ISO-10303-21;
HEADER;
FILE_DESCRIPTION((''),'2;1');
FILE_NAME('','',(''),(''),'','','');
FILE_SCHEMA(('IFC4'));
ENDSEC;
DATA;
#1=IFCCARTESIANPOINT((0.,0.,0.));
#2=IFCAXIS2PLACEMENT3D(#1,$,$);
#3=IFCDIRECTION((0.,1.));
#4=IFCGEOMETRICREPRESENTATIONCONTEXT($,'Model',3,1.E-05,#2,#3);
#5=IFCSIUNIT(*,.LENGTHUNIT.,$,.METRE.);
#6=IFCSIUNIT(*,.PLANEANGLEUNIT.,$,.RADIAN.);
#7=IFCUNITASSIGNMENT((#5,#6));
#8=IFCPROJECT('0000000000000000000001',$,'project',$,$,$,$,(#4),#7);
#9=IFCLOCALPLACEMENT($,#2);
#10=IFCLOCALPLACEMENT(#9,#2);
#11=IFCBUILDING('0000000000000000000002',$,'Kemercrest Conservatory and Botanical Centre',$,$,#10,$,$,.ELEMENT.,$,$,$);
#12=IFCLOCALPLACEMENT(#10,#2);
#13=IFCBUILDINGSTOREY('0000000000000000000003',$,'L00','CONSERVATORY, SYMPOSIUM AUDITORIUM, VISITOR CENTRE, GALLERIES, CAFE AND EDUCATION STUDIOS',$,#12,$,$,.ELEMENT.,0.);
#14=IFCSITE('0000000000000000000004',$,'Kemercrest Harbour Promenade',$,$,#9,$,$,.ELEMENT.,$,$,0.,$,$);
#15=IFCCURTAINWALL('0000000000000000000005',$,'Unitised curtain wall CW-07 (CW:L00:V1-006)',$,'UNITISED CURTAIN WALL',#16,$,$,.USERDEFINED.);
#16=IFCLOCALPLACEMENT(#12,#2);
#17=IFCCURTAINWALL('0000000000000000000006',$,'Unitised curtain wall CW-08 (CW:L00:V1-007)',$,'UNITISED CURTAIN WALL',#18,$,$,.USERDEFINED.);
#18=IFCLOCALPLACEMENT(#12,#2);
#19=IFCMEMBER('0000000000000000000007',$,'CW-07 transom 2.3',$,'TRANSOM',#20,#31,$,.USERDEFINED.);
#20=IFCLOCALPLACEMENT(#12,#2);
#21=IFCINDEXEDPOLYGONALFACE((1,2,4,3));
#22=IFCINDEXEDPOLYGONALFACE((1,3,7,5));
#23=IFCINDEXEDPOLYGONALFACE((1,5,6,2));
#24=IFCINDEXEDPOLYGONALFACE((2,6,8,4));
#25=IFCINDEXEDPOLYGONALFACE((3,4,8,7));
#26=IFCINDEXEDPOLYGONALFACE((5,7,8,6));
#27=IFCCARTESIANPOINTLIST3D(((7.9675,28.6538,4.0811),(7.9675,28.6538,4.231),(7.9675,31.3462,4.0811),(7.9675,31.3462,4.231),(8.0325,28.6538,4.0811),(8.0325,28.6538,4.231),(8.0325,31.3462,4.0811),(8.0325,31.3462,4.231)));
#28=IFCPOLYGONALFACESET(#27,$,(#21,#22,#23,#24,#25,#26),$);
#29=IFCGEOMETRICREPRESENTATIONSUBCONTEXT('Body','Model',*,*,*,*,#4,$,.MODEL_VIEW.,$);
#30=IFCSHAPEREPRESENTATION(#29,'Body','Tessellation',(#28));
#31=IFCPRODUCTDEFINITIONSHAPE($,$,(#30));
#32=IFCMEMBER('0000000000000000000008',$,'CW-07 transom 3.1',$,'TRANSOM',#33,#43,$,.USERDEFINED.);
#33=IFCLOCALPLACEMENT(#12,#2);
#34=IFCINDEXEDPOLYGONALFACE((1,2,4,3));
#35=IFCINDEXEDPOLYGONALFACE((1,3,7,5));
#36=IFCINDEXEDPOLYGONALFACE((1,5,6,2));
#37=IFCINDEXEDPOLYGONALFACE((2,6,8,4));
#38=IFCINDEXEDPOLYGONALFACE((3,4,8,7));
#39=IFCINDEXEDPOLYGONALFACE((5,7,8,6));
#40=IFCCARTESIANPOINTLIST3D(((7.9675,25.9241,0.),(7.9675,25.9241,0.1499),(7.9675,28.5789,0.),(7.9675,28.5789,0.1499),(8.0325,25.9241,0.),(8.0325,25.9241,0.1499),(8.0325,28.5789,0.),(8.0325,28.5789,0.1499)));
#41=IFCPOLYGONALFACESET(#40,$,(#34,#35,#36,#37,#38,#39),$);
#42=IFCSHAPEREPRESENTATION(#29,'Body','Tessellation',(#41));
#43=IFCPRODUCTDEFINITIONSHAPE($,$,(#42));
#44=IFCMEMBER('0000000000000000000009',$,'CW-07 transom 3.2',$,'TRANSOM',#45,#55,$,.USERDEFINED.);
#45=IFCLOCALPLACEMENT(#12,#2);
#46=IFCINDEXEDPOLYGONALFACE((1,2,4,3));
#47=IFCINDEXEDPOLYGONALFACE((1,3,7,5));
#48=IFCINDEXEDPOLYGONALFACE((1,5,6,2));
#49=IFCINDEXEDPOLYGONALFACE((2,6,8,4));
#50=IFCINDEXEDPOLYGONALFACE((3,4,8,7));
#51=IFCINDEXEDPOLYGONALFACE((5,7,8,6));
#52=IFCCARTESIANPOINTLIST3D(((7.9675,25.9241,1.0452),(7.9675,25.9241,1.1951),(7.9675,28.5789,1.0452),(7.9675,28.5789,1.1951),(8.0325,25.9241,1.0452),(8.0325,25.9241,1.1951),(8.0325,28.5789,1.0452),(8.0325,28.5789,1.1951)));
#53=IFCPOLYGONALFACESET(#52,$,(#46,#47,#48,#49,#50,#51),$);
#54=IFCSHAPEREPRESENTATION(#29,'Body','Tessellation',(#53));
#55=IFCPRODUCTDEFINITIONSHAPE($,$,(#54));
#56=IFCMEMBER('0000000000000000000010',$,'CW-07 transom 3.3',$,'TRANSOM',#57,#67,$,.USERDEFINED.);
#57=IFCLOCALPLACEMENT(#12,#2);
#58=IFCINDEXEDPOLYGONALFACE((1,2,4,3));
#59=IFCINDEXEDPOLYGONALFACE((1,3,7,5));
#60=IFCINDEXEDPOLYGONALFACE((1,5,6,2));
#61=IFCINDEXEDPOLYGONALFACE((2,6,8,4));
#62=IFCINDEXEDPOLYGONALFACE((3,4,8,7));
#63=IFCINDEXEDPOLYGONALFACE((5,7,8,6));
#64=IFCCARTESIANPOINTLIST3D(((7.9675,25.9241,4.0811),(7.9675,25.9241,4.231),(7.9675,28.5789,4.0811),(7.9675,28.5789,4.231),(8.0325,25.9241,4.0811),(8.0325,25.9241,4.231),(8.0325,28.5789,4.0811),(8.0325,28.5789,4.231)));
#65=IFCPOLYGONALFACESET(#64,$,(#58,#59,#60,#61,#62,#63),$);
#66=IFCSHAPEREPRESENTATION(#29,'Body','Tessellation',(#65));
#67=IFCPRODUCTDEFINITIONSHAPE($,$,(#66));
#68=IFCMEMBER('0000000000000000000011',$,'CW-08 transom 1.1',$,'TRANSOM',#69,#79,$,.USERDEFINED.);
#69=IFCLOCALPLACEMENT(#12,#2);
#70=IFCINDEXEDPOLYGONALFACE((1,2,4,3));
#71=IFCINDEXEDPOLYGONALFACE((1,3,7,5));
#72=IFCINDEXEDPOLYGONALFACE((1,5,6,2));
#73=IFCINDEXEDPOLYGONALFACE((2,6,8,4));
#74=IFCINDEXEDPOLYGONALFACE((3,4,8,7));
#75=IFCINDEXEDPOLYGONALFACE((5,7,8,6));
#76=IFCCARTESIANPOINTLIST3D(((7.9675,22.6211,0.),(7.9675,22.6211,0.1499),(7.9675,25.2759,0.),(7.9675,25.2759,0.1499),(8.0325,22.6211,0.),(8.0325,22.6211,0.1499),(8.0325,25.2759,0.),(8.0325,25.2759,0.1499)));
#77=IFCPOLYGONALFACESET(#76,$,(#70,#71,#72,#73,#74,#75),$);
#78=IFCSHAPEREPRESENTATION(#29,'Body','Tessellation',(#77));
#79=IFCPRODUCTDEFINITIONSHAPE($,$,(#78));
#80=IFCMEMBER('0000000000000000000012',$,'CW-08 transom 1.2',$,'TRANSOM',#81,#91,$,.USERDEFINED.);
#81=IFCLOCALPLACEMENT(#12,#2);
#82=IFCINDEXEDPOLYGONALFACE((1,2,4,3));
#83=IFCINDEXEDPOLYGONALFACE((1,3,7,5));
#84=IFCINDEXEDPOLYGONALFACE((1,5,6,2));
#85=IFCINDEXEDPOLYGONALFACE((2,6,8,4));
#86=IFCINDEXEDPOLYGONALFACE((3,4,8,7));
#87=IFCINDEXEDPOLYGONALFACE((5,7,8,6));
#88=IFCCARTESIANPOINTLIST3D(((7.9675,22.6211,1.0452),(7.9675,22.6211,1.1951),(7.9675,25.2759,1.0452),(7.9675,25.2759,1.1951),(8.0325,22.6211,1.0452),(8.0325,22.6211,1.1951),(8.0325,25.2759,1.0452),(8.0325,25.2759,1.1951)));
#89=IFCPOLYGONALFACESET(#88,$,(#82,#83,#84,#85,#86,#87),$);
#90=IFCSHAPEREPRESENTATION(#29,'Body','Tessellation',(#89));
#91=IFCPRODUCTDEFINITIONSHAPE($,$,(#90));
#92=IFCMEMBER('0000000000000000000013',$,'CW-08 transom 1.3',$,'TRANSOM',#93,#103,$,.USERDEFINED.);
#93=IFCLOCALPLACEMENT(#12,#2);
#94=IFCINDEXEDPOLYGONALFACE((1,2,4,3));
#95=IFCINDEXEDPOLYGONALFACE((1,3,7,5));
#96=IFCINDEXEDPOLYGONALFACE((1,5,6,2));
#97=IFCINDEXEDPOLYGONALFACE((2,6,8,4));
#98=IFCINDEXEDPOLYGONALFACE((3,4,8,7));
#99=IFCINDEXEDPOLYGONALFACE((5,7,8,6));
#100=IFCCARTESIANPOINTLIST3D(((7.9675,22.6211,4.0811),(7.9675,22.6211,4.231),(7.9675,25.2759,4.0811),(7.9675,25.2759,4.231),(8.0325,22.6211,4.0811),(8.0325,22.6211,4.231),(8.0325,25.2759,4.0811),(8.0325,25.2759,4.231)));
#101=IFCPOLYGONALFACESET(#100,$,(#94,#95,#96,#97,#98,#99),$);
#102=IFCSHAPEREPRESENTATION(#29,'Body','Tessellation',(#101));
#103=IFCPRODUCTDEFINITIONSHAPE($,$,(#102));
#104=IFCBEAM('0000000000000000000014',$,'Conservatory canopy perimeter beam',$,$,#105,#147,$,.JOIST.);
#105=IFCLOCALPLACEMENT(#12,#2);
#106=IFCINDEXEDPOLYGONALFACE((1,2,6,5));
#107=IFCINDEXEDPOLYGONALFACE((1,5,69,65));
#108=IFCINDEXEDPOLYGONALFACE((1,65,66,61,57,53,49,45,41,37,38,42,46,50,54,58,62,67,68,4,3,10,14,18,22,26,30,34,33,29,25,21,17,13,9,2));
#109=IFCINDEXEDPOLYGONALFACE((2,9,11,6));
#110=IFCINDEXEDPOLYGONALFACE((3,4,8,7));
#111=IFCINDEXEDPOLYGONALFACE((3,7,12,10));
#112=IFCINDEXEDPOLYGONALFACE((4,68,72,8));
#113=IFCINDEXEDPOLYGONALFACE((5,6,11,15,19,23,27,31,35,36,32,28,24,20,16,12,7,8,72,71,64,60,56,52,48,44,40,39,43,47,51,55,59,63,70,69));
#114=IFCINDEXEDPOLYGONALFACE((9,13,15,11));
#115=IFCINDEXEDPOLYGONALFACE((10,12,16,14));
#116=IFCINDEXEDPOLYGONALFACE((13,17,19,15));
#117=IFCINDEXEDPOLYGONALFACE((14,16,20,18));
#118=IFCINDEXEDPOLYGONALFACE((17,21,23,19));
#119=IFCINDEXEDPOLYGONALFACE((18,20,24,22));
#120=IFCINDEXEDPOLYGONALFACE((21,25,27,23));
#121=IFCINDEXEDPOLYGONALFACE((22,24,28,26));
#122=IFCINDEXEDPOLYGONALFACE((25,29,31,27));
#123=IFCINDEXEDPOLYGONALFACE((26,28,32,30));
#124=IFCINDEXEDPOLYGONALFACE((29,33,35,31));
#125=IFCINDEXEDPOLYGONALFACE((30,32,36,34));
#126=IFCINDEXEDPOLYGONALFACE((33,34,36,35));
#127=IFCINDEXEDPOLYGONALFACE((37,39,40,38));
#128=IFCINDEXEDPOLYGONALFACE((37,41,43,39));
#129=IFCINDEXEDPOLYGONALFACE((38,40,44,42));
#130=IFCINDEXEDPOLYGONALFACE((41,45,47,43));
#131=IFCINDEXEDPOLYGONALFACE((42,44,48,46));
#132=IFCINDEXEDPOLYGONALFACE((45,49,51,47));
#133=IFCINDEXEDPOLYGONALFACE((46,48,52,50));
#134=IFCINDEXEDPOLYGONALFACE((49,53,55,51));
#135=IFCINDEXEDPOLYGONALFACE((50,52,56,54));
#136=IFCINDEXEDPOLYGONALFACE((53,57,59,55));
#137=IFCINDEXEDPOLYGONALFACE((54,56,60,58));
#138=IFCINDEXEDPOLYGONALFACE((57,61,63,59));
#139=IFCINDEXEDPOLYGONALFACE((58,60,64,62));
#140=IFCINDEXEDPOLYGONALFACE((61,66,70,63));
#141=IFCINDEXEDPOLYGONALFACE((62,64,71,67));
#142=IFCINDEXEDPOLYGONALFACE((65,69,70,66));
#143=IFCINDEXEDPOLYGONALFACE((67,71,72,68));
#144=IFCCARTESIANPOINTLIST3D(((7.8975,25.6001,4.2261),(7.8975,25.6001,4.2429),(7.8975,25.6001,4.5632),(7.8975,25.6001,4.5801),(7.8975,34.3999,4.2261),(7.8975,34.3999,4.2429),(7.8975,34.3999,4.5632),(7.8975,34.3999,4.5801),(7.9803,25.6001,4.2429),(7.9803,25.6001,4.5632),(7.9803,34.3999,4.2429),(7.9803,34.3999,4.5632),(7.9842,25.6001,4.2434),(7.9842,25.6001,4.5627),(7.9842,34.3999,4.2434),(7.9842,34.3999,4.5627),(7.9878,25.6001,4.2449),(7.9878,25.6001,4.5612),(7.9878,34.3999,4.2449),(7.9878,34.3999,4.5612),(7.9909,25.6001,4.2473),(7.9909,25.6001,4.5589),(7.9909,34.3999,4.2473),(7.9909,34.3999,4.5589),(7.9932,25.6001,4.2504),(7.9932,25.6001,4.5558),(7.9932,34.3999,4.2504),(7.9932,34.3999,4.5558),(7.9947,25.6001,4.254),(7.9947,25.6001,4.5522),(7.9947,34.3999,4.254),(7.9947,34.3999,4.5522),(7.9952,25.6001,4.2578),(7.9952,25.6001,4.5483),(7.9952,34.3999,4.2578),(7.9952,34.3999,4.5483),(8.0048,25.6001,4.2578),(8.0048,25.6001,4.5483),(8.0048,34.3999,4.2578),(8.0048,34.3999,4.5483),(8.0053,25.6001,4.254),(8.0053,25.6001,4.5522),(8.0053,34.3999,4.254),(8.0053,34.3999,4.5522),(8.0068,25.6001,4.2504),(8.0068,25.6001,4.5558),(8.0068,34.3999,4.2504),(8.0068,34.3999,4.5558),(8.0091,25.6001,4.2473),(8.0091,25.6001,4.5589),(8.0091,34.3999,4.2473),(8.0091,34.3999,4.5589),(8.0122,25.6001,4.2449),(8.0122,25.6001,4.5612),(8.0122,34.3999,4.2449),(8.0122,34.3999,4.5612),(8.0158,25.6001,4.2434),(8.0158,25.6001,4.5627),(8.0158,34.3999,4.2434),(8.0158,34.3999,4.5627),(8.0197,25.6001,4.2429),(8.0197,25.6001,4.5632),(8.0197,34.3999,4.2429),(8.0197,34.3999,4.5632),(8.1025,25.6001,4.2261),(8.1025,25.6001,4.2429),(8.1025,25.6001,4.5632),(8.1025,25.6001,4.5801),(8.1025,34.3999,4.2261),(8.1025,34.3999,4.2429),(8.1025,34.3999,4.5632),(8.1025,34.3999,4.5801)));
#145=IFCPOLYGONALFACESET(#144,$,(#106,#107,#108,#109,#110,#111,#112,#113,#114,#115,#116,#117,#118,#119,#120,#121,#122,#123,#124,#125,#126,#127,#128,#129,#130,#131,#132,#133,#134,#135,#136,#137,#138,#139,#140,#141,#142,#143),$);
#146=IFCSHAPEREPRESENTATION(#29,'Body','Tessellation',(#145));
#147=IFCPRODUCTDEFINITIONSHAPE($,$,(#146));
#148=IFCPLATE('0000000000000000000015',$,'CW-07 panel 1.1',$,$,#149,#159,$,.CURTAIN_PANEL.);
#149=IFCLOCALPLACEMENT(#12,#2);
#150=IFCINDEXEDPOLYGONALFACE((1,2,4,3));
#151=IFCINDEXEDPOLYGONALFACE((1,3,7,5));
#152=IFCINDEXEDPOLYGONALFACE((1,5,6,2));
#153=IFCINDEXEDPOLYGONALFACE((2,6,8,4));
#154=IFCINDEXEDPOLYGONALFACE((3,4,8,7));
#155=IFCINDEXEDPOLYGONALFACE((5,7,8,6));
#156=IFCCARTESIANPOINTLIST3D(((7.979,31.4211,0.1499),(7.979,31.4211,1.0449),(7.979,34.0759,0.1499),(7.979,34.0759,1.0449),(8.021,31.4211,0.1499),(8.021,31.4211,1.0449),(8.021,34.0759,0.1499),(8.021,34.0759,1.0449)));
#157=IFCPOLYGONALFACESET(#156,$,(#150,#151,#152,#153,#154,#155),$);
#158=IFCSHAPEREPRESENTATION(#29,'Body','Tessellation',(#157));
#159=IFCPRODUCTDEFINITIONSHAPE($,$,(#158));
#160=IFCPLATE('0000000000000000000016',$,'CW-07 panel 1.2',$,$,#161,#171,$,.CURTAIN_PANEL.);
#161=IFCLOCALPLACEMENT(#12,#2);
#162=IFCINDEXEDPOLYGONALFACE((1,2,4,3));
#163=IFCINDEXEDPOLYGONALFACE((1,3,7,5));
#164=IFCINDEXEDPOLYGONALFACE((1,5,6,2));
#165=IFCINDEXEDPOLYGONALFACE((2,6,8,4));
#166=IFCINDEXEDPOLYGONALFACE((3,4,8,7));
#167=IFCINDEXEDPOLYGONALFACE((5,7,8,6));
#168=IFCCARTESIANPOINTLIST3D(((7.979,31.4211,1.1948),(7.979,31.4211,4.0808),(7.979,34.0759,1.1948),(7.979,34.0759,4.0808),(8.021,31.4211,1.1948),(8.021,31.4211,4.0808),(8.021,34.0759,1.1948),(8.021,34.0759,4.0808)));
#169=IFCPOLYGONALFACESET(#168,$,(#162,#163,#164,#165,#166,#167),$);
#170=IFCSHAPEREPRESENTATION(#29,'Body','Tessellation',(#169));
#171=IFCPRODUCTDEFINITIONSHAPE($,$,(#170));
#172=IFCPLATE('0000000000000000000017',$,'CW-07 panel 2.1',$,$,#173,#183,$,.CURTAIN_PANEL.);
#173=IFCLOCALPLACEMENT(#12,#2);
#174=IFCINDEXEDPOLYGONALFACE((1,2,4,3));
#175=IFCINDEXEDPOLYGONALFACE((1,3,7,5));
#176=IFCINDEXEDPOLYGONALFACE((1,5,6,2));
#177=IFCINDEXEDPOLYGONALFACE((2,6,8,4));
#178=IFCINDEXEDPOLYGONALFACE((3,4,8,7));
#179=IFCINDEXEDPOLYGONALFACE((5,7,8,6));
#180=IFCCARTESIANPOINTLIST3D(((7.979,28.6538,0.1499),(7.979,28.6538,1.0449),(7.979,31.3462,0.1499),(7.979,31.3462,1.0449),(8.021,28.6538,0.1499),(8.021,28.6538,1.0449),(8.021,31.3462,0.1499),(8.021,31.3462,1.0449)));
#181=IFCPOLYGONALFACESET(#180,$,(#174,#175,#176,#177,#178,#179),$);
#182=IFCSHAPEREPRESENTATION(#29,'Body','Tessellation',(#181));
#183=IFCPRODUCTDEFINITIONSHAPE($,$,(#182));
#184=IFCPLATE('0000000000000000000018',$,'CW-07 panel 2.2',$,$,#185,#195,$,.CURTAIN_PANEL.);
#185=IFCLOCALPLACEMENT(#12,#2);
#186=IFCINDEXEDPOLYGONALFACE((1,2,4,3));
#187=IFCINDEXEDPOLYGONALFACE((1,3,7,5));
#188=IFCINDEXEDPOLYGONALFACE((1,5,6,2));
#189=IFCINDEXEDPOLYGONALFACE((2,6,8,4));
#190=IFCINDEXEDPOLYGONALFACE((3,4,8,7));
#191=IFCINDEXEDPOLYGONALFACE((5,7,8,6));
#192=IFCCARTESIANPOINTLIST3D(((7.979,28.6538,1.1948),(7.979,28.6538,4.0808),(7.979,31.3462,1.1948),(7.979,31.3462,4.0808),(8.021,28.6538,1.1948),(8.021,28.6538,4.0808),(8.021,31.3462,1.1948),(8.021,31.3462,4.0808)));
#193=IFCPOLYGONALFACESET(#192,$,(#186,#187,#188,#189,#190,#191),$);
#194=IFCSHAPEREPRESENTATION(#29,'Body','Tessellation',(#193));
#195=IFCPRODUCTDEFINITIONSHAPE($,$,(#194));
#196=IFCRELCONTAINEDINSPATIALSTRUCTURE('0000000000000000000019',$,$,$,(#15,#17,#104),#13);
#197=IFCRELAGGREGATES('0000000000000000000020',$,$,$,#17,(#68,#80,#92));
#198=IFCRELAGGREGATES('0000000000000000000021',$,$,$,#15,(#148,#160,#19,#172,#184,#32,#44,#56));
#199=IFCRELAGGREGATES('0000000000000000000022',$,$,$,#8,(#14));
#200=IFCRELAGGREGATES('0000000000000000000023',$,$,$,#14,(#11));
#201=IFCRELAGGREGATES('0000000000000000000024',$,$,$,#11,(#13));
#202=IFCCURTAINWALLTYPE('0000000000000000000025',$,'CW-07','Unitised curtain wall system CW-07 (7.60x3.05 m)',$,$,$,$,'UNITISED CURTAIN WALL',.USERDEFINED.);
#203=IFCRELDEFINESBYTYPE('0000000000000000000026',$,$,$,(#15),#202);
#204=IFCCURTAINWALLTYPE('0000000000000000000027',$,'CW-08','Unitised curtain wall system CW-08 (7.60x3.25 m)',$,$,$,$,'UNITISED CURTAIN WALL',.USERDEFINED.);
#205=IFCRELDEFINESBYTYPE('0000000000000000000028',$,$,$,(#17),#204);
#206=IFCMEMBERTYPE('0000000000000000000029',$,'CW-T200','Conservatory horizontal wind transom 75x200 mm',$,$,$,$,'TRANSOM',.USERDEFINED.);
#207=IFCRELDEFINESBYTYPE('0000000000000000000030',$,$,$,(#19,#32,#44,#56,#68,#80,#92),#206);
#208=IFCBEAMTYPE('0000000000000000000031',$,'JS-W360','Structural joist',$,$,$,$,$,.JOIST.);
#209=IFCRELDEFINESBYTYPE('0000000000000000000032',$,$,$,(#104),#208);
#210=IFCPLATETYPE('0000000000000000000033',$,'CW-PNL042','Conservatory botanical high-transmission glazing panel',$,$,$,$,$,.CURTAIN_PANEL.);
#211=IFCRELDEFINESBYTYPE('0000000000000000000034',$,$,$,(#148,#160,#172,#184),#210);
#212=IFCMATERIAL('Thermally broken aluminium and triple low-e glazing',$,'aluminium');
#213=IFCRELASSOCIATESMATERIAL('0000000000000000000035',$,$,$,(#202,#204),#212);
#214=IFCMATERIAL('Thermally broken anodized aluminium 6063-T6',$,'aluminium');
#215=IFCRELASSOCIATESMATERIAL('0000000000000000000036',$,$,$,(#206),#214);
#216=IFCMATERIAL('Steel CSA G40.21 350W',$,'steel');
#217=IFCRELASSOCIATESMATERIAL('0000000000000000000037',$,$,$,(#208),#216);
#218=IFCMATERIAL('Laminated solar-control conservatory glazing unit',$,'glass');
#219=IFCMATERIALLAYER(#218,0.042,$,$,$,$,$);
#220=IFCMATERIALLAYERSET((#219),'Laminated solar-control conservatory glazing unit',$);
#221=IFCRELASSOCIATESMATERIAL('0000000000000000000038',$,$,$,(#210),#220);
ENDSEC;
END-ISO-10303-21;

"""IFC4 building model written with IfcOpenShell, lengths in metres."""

from ifc_helpers import new_model, si_unit, direction, frame, origin, origin_2d, place, context, subcontext, project, spatial, rectangle, i_section, extrude, material, layer, layer_set, material_profile, profile_set, type_object, element, aggregate, save


model = new_model("IFC4")

# Units and contexts
model_context = context("Model", 3, precision=1e-05, world=origin(), true_north=direction((0.0, 1.0)))
body_context = subcontext(model_context, "Body", "Model", "MODEL_VIEW")
ifc_project = project(units=[si_unit("LENGTHUNIT", "METRE"), si_unit("PLANEANGLEUNIT", "RADIAN")], contexts=[model_context])

# Site, building, storey
site_placement = place(None, origin())
site = spatial("IfcSite", under=ifc_project, at=site_placement, Name="Kemercrest Harbour Promenade", CompositionType="ELEMENT", RefElevation=0.0)
building_placement = place(site_placement, origin())
building = spatial("IfcBuilding", under=site, at=building_placement, Name="Kemercrest Conservatory and Botanical Centre", CompositionType="ELEMENT")
storey_placement = place(building_placement, origin())
storey = spatial("IfcBuildingStorey", under=building, at=storey_placement, Name="L00", Description="CONSERVATORY, SYMPOSIUM AUDITORIUM, VISITOR CENTRE, GALLERIES, CAFE AND EDUCATION STUDIOS", CompositionType="ELEMENT", Elevation=0.0)

# Shared definitions
ifc_material_1 = material(Name="Steel CSA G40.21 350W", Category="steel")

# Curtain wall
ifc_material_2 = material(Name="Thermally broken aluminium and triple low-e glazing", Category="aluminium")
curtain_wall_type_1 = type_object("IfcCurtainWallType", Name="CW-07", Description="Unitised curtain wall system CW-07 (7.60x3.05 m)", ElementType="UNITISED CURTAIN WALL", PredefinedType="USERDEFINED", material=ifc_material_2)
curtain_wall_1_placement = place(storey_placement, origin())
curtain_wall_1 = element("IfcCurtainWall", 1, at=curtain_wall_1_placement, inside=storey, type_object=curtain_wall_type_1, Name="Unitised curtain wall CW-07 (CW:L00:V1-006)", ObjectType="UNITISED CURTAIN WALL", PredefinedType="USERDEFINED")
ifc_material_3 = material(Name="Thermally broken anodized aluminium 6063-T6", Category="aluminium")

# Curtain wall
curtain_wall_type_2 = type_object("IfcCurtainWallType", Name="CW-08", Description="Unitised curtain wall system CW-08 (7.60x3.25 m)", ElementType="UNITISED CURTAIN WALL", PredefinedType="USERDEFINED", material=ifc_material_2)
curtain_wall_2_placement = place(storey_placement, origin())
curtain_wall_2 = element("IfcCurtainWall", 2, at=curtain_wall_2_placement, inside=storey, type_object=curtain_wall_type_2, Name="Unitised curtain wall CW-08 (CW:L00:V1-007)", ObjectType="UNITISED CURTAIN WALL", PredefinedType="USERDEFINED")

# Members
ifc_material_profile_1 = material_profile(ifc_material_3, rectangle(XDim=0.0649, YDim=0.1499, at=origin_2d()), Name="AL TRANSOM 65x150")
ifc_profile_set_1 = profile_set([ifc_material_profile_1], Name="Thermally broken anodized aluminium 6063-T6")
member_type_1 = type_object("IfcMemberType", Name="CW-T200", Description="Conservatory horizontal wind transom 75x200 mm", ElementType="TRANSOM", PredefinedType="USERDEFINED", material=ifc_profile_set_1)
member_1_placement = place(storey_placement, frame((8.0, 31.3462, 4.156), z_axis=(0.0, -1.0, 0.0), x_axis=(1.0, 0.0, 0.0)))
member_1 = element("IfcMember", 3, at=member_1_placement, type_object=member_type_1, Name="CW-07 transom 2.3", ObjectType="TRANSOM", PredefinedType="USERDEFINED", context=body_context, shape_type="SweptSolid", body=[
    extrude(rectangle(XDim=0.0649, YDim=0.1499, at=origin_2d()), origin(), (0.0, 0.0, 1.0), 2.6924),
])
member_2_placement = place(storey_placement, frame((8.0, 28.5789, 0.075), z_axis=(0.0, -1.0, 0.0), x_axis=(1.0, 0.0, 0.0)))
member_2 = element("IfcMember", 4, at=member_2_placement, type_object=member_type_1, Name="CW-07 transom 3.1", ObjectType="TRANSOM", PredefinedType="USERDEFINED", context=body_context, shape_type="SweptSolid", body=[
    extrude(rectangle(XDim=0.0649, YDim=0.1499, at=origin_2d()), origin(), (0.0, 0.0, 1.0), 2.6548),
])
member_3_placement = place(storey_placement, frame((8.0, 28.5789, 1.1201), z_axis=(0.0, -1.0, 0.0), x_axis=(1.0, 0.0, 0.0)))
member_3 = element("IfcMember", 5, at=member_3_placement, type_object=member_type_1, Name="CW-07 transom 3.2", ObjectType="TRANSOM", PredefinedType="USERDEFINED", context=body_context, shape_type="SweptSolid", body=[
    extrude(rectangle(XDim=0.0649, YDim=0.1499, at=origin_2d()), origin(), (0.0, 0.0, 1.0), 2.6548),
])
member_4_placement = place(storey_placement, frame((8.0, 28.5789, 4.156), z_axis=(0.0, -1.0, 0.0), x_axis=(1.0, 0.0, 0.0)))
member_4 = element("IfcMember", 6, at=member_4_placement, type_object=member_type_1, Name="CW-07 transom 3.3", ObjectType="TRANSOM", PredefinedType="USERDEFINED", context=body_context, shape_type="SweptSolid", body=[
    extrude(rectangle(XDim=0.0649, YDim=0.1499, at=origin_2d()), origin(), (0.0, 0.0, 1.0), 2.6548),
])
member_5_placement = place(storey_placement, frame((8.0, 25.2759, 0.075), z_axis=(0.0, -1.0, 0.0), x_axis=(1.0, 0.0, 0.0)))
member_5 = element("IfcMember", 7, at=member_5_placement, type_object=member_type_1, Name="CW-08 transom 1.1", ObjectType="TRANSOM", PredefinedType="USERDEFINED", context=body_context, shape_type="SweptSolid", body=[
    extrude(rectangle(XDim=0.0649, YDim=0.1499, at=origin_2d()), origin(), (0.0, 0.0, 1.0), 2.6548),
])
member_6_placement = place(storey_placement, frame((8.0, 25.2759, 1.1201), z_axis=(0.0, -1.0, 0.0), x_axis=(1.0, 0.0, 0.0)))
member_6 = element("IfcMember", 8, at=member_6_placement, type_object=member_type_1, Name="CW-08 transom 1.2", ObjectType="TRANSOM", PredefinedType="USERDEFINED", context=body_context, shape_type="SweptSolid", body=[
    extrude(rectangle(XDim=0.0649, YDim=0.1499, at=origin_2d()), origin(), (0.0, 0.0, 1.0), 2.6548),
])
member_7_placement = place(storey_placement, frame((8.0, 25.2759, 4.156), z_axis=(0.0, -1.0, 0.0), x_axis=(1.0, 0.0, 0.0)))
member_7 = element("IfcMember", 9, at=member_7_placement, type_object=member_type_1, Name="CW-08 transom 1.3", ObjectType="TRANSOM", PredefinedType="USERDEFINED", context=body_context, shape_type="SweptSolid", body=[
    extrude(rectangle(XDim=0.0649, YDim=0.1499, at=origin_2d()), origin(), (0.0, 0.0, 1.0), 2.6548),
])
aggregate(curtain_wall_2, [member_5, member_6, member_7])

# Beam
ifc_material_profile_2 = material_profile(ifc_material_1, i_section(OverallWidth=0.2051, OverallDepth=0.354, WebThickness=0.0095, FlangeThickness=0.0168, FilletRadius=0.0149, at=origin_2d()), Name="W360X79")
ifc_profile_set_2 = profile_set([ifc_material_profile_2], Name="Steel CSA G40.21 350W")
beam_type = type_object("IfcBeamType", Name="JS-W360", Description="Structural joist", PredefinedType="JOIST", material=ifc_profile_set_2)
beam_placement = place(storey_placement, frame((8.0, 25.6001, 4.4031), z_axis=(0.0, 1.0, 0.0), x_axis=(-1.0, 0.0, 0.0)))
element("IfcBeam", 10, at=beam_placement, inside=storey, type_object=beam_type, Name="Conservatory canopy perimeter beam", PredefinedType="JOIST", context=body_context, shape_type="SweptSolid", body=[
    extrude(i_section(OverallWidth=0.2051, OverallDepth=0.354, WebThickness=0.0095, FlangeThickness=0.0168, FilletRadius=0.0149, at=origin_2d()), origin(), (0.0, 0.0, 1.0), 8.7998),
])

# Plates
ifc_material_4 = material(Name="Laminated solar-control conservatory glazing unit", Category="glass")
ifc_layer = layer(ifc_material_4, 0.042)
ifc_layer_set = layer_set([ifc_layer], Name="Laminated solar-control conservatory glazing unit")
plate_type = type_object("IfcPlateType", Name="CW-PNL042", Description="Conservatory botanical high-transmission glazing panel", PredefinedType="CURTAIN_PANEL", material=ifc_layer_set)
plate_1_placement = place(storey_placement, frame((8.0, 32.7485, 0.1499), z_axis=(0.0, 0.0, 1.0), x_axis=(0.0, -1.0, 0.0)))
plate_1 = element("IfcPlate", 11, at=plate_1_placement, type_object=plate_type, Name="CW-07 panel 1.1", PredefinedType="CURTAIN_PANEL", context=body_context, shape_type="SweptSolid", body=[
    extrude(rectangle(XDim=2.6548, YDim=0.042, at=origin_2d()), origin(), (0.0, 0.0, 1.0), 0.895),
])
plate_2_placement = place(storey_placement, frame((8.0, 32.7485, 1.1948), z_axis=(0.0, 0.0, 1.0), x_axis=(0.0, -1.0, 0.0)))
plate_2 = element("IfcPlate", 12, at=plate_2_placement, type_object=plate_type, Name="CW-07 panel 1.2", PredefinedType="CURTAIN_PANEL", context=body_context, shape_type="SweptSolid", body=[
    extrude(rectangle(XDim=2.6548, YDim=0.042, at=origin_2d()), origin(), (0.0, 0.0, 1.0), 2.886),
])
plate_3_placement = place(storey_placement, frame((8.0, 30.0, 0.1499), z_axis=(0.0, 0.0, 1.0), x_axis=(0.0, -1.0, 0.0)))
plate_3 = element("IfcPlate", 13, at=plate_3_placement, type_object=plate_type, Name="CW-07 panel 2.1", PredefinedType="CURTAIN_PANEL", context=body_context, shape_type="SweptSolid", body=[
    extrude(rectangle(XDim=2.6924, YDim=0.042, at=origin_2d()), origin(), (0.0, 0.0, 1.0), 0.895),
])
plate_4_placement = place(storey_placement, frame((8.0, 30.0, 1.1948), z_axis=(0.0, 0.0, 1.0), x_axis=(0.0, -1.0, 0.0)))
plate_4 = element("IfcPlate", 14, at=plate_4_placement, type_object=plate_type, Name="CW-07 panel 2.2", PredefinedType="CURTAIN_PANEL", context=body_context, shape_type="SweptSolid", body=[
    extrude(rectangle(XDim=2.6924, YDim=0.042, at=origin_2d()), origin(), (0.0, 0.0, 1.0), 2.886),
])
aggregate(curtain_wall_1, [plate_1, plate_2, member_1, plate_3, plate_4, member_2, member_3, member_4])

save(model, "model.ifc")
